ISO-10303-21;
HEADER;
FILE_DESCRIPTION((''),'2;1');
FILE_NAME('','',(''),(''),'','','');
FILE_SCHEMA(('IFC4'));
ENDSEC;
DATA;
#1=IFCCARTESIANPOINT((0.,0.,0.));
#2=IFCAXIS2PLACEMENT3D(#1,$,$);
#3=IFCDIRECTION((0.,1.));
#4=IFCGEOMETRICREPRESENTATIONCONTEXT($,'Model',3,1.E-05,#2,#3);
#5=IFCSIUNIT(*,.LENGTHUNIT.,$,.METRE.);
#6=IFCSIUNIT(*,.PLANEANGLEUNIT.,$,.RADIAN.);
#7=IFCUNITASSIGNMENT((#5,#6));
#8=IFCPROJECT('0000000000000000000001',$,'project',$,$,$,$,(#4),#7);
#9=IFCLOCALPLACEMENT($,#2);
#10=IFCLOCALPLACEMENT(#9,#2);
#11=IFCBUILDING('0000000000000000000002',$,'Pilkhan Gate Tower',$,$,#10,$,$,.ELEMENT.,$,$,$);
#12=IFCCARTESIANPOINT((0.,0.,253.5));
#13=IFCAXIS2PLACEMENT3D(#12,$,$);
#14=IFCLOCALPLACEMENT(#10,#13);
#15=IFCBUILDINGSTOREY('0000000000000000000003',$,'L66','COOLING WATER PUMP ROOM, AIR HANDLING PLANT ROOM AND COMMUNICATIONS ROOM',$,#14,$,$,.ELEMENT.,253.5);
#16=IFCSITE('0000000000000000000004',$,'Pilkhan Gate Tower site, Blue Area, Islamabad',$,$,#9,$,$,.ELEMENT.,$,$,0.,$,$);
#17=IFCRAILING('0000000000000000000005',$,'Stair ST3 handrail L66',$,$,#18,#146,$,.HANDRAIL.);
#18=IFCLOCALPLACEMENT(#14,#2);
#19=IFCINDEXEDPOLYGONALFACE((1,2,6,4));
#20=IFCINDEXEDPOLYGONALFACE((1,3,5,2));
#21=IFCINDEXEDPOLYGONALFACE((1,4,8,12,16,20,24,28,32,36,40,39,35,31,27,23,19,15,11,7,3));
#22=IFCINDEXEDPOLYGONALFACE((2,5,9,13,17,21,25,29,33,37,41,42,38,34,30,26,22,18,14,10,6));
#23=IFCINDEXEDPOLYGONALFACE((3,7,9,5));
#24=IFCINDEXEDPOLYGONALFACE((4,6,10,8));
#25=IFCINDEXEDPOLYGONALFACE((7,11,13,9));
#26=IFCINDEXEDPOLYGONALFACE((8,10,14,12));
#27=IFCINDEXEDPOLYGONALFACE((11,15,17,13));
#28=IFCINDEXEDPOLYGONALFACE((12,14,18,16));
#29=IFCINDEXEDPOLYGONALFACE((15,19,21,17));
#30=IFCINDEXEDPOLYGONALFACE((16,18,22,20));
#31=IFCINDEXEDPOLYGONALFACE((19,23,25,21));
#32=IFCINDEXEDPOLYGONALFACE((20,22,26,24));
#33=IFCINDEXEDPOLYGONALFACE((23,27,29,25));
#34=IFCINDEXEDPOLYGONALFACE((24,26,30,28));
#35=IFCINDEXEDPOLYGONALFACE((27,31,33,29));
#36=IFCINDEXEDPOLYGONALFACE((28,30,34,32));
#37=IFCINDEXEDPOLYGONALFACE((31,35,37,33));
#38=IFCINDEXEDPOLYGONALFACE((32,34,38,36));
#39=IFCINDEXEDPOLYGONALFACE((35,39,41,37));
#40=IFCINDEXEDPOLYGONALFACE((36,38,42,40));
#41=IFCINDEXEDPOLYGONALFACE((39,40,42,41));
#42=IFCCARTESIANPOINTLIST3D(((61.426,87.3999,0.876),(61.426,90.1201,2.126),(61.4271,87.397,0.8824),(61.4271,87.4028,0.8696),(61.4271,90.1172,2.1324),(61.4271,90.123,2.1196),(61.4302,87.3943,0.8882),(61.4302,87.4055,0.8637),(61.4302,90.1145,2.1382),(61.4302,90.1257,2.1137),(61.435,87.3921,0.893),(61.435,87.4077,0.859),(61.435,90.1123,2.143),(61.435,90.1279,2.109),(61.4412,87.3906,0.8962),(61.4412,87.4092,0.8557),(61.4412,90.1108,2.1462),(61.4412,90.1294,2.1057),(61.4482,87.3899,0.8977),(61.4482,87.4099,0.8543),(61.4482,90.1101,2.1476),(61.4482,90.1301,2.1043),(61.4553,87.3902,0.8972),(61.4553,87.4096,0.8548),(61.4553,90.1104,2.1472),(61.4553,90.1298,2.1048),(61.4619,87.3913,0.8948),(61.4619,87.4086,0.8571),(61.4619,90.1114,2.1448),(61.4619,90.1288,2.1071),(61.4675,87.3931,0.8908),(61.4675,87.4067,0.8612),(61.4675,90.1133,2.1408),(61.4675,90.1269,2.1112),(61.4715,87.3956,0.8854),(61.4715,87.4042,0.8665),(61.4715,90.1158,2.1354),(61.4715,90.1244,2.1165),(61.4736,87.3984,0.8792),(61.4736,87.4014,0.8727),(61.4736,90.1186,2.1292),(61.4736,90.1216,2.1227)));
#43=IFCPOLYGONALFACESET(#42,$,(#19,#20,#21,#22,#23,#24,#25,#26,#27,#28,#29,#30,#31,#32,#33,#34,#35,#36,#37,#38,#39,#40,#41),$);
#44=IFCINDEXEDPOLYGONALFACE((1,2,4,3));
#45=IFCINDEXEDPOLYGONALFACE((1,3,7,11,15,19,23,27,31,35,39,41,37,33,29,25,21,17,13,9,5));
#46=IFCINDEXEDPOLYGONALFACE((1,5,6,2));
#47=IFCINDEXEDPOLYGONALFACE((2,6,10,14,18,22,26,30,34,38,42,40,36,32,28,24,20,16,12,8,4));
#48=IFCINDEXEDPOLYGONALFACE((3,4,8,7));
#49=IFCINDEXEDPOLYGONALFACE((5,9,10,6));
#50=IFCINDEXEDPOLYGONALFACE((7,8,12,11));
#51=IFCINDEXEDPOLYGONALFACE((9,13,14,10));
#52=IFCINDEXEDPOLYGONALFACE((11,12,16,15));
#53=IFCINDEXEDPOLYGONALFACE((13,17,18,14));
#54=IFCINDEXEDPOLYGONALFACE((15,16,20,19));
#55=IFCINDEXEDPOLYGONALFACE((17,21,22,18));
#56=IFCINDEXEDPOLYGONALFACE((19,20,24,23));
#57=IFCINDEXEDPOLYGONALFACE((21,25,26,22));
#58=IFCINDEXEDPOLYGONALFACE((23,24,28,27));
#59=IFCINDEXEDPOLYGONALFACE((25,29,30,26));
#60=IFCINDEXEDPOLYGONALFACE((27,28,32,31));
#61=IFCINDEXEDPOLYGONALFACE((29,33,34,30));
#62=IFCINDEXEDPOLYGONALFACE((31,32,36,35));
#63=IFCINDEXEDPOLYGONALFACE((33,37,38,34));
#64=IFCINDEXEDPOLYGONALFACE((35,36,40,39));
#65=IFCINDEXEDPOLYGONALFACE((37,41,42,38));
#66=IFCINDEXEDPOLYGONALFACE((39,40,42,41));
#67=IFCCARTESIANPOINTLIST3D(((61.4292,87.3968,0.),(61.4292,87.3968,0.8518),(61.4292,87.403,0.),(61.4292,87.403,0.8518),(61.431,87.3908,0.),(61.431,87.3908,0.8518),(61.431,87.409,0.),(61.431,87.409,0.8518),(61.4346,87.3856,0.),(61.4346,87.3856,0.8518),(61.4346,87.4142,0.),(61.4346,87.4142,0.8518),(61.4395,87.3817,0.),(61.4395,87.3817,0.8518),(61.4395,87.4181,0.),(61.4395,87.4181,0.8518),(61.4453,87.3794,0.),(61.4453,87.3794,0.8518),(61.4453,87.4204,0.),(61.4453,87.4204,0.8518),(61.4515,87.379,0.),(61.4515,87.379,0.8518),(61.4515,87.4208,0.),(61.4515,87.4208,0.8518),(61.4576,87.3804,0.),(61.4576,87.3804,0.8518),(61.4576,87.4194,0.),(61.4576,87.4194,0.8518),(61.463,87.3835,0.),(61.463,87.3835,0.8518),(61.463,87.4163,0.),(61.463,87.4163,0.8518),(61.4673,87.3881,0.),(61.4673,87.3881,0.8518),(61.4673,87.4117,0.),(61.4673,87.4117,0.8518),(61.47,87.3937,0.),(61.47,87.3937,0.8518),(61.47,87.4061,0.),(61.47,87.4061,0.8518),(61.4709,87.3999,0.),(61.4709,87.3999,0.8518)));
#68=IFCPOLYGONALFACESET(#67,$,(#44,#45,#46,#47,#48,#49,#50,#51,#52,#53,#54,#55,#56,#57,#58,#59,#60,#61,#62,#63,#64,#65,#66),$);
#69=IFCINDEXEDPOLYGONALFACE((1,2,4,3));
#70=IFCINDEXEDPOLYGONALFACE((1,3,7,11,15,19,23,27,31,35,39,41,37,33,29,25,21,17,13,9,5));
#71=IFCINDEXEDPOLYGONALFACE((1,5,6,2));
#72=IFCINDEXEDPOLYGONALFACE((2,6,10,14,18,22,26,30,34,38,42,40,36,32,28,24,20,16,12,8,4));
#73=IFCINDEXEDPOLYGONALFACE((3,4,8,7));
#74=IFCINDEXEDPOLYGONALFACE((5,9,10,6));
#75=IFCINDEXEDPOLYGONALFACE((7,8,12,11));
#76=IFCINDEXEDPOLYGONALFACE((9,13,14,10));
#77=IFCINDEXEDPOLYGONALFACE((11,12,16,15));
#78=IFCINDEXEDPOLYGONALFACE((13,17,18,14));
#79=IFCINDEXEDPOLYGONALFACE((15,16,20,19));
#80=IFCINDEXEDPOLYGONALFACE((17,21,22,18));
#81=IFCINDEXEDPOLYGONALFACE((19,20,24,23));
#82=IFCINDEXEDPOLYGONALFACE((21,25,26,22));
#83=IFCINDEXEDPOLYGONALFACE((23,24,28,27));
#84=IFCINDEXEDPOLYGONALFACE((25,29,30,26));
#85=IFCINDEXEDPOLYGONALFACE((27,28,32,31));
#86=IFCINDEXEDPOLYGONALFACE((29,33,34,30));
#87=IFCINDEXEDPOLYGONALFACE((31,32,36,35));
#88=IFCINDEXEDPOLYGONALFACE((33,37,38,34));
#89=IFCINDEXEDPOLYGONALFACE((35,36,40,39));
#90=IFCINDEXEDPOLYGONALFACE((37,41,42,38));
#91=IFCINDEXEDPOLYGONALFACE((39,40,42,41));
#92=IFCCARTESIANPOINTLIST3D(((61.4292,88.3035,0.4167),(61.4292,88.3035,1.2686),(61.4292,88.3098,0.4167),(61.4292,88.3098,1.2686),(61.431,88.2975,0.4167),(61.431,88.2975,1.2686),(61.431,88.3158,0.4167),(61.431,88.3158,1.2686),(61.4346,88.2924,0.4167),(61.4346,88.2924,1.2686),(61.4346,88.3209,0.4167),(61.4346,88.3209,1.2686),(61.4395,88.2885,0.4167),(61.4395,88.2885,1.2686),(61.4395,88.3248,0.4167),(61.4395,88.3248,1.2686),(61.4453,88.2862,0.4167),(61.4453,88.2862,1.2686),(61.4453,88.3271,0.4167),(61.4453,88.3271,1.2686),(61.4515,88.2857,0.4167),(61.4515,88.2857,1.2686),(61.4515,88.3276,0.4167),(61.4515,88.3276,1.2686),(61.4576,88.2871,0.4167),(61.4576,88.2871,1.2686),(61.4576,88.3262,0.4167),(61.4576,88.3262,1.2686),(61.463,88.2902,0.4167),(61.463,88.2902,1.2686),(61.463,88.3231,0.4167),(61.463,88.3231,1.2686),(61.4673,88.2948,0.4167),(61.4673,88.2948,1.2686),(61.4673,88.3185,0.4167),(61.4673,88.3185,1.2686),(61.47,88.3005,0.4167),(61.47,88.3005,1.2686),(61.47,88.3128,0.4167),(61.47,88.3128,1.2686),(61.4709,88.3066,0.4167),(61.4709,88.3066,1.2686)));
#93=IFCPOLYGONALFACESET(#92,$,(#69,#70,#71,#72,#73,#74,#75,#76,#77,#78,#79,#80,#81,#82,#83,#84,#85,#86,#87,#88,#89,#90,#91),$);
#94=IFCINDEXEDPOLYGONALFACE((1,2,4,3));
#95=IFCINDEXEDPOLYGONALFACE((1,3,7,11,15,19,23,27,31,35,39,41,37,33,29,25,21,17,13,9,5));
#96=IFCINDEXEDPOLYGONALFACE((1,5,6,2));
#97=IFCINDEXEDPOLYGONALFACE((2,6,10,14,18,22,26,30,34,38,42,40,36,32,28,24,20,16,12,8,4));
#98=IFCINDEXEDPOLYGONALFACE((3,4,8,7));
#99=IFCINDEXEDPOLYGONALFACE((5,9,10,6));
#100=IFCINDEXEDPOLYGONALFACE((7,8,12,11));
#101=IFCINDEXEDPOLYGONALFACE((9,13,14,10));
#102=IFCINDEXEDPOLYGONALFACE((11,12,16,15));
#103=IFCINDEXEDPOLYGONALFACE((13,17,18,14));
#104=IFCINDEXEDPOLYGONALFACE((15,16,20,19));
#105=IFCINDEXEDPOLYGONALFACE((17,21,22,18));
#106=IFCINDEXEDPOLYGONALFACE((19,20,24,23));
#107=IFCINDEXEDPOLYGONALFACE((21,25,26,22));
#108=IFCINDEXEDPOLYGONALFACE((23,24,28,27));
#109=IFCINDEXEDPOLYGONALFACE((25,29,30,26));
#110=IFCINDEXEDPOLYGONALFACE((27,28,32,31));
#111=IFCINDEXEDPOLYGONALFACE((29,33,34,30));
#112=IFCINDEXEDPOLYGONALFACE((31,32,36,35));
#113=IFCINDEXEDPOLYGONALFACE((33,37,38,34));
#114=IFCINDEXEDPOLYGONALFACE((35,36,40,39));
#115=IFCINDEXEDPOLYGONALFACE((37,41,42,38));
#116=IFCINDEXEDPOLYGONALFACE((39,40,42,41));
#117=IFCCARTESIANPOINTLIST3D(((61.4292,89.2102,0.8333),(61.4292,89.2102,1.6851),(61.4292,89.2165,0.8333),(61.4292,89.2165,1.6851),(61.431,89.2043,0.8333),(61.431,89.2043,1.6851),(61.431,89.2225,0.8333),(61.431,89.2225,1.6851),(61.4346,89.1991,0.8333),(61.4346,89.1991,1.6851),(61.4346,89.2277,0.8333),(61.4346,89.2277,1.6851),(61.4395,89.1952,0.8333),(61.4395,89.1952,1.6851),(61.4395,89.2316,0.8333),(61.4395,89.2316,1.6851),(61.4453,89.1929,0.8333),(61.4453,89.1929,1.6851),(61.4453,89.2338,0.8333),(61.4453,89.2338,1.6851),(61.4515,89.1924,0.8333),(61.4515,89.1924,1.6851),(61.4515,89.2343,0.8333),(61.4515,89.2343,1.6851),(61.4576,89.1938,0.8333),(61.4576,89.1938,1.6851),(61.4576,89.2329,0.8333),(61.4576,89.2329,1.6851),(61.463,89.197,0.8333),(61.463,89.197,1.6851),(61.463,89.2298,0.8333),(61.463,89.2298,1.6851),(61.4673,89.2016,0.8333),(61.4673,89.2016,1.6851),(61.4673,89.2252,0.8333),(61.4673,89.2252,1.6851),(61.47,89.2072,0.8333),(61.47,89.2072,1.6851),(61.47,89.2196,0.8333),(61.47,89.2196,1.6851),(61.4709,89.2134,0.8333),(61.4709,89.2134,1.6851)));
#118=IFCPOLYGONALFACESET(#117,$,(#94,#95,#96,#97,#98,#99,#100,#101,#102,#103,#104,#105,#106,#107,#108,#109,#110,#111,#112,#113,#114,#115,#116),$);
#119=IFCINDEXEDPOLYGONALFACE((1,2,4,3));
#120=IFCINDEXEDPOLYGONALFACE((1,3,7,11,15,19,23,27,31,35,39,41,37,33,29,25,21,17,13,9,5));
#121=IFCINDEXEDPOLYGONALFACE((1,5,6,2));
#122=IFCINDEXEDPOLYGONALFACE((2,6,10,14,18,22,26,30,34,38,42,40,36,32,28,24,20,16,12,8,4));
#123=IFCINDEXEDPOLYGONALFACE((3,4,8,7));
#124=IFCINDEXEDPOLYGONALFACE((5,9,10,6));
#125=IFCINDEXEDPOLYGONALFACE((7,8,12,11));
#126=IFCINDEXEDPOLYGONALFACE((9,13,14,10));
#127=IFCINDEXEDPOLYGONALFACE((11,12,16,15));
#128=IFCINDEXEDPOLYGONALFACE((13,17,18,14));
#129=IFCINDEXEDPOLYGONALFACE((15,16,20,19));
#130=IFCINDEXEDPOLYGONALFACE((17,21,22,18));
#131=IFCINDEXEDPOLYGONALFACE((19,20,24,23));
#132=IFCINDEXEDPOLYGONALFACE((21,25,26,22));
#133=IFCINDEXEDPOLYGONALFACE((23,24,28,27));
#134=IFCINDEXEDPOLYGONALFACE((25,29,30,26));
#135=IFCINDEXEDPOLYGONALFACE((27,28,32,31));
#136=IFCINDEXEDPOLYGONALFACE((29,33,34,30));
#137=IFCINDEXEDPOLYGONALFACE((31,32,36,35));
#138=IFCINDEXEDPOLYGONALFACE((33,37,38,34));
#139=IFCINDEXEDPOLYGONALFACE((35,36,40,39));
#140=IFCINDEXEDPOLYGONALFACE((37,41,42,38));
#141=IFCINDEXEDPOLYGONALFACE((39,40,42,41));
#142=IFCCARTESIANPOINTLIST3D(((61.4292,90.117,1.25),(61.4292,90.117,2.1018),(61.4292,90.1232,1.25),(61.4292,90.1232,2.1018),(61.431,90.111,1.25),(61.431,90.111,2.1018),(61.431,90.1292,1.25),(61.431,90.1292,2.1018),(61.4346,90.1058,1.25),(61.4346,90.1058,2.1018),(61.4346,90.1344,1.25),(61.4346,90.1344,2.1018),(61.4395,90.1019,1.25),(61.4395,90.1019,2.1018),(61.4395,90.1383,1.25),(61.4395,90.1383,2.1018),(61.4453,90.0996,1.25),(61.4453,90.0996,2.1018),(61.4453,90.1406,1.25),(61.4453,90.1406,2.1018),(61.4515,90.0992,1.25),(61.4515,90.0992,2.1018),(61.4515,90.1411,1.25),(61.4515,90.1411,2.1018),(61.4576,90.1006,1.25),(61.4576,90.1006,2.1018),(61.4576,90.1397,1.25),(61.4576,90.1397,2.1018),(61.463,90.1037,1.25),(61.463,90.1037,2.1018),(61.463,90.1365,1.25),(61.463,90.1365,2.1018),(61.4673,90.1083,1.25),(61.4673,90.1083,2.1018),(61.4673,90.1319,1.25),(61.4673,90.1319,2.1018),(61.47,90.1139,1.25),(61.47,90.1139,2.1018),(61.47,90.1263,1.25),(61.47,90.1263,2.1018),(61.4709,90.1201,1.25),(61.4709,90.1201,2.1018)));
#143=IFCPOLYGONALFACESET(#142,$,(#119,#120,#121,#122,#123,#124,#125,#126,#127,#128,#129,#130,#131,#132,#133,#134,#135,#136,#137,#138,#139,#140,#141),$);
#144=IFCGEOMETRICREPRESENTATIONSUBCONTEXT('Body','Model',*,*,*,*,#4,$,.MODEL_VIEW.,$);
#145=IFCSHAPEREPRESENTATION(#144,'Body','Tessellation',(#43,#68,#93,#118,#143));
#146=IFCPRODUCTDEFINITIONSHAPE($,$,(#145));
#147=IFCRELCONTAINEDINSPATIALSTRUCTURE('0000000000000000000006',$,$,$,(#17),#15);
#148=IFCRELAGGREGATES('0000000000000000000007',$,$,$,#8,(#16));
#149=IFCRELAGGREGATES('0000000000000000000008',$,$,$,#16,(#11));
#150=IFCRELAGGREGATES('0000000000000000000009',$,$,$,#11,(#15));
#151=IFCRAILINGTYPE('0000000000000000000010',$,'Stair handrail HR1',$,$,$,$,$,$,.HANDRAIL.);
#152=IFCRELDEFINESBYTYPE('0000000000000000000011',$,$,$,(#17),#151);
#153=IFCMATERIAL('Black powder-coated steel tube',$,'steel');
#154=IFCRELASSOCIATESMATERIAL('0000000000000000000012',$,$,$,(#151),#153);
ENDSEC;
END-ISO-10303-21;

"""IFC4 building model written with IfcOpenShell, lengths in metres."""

from ifc_helpers import new_model, si_unit, direction, frame, origin, origin_2d, place, context, subcontext, project, spatial, circle, extrude, material, type_object, element, save


model = new_model("IFC4")

# Units and contexts
model_context = context("Model", 3, precision=1e-05, world=origin(), true_north=direction((0.0, 1.0)))
body_context = subcontext(model_context, "Body", "Model", "MODEL_VIEW")
ifc_project = project(units=[si_unit("LENGTHUNIT", "METRE"), si_unit("PLANEANGLEUNIT", "RADIAN")], contexts=[model_context])

# Site, building, storey
site_placement = place(None, origin())
site = spatial("IfcSite", under=ifc_project, at=site_placement, Name="Pilkhan Gate Tower site, Blue Area, Islamabad", CompositionType="ELEMENT", RefElevation=0.0)
building_placement = place(site_placement, origin())
building = spatial("IfcBuilding", under=site, at=building_placement, Name="Pilkhan Gate Tower", CompositionType="ELEMENT")
storey_placement = place(building_placement, frame((0.0, 0.0, 253.5)))
storey = spatial("IfcBuildingStorey", under=building, at=storey_placement, Name="L66", Description="COOLING WATER PUMP ROOM, AIR HANDLING PLANT ROOM AND COMMUNICATIONS ROOM", CompositionType="ELEMENT", Elevation=253.5)

# Railing
ifc_material_1 = material(Name="Black powder-coated steel tube", Category="steel")
railing_type_1 = type_object("IfcRailingType", Name="Stair handrail HR1", PredefinedType="HANDRAIL", material=ifc_material_1)
railing_1_placement = place(storey_placement, frame((61.45, 87.3999, 0.0)))
element("IfcRailing", 1, at=railing_1_placement, inside=storey, type_object=railing_type_1, Name="Stair ST3 handrail L66", PredefinedType="HANDRAIL", context=body_context, shape_type="SweptSolid", body=[
    extrude(circle(Radius=0.0239, at=origin_2d()), frame((0.0, 0.0, 0.876), z_axis=(0.0, 0.908655, 0.417547), x_axis=(-1.0, 0.0, 0.0)), (0.0, 0.0, 1.0), 2.9937),
    extrude(circle(Radius=0.021, at=origin_2d()), origin(), (0.0, 0.0, 1.0), 0.8518),
    extrude(circle(Radius=0.021, at=origin_2d()), frame((0.0, 0.9067, 0.4167)), (0.0, 0.0, 1.0), 0.8518),
    extrude(circle(Radius=0.021, at=origin_2d()), frame((0.0, 1.8135, 0.8333)), (0.0, 0.0, 1.0), 0.8518),
    extrude(circle(Radius=0.021, at=origin_2d()), frame((0.0, 2.7202, 1.25)), (0.0, 0.0, 1.0), 0.8518),
])

save(model, "model.ifc")
